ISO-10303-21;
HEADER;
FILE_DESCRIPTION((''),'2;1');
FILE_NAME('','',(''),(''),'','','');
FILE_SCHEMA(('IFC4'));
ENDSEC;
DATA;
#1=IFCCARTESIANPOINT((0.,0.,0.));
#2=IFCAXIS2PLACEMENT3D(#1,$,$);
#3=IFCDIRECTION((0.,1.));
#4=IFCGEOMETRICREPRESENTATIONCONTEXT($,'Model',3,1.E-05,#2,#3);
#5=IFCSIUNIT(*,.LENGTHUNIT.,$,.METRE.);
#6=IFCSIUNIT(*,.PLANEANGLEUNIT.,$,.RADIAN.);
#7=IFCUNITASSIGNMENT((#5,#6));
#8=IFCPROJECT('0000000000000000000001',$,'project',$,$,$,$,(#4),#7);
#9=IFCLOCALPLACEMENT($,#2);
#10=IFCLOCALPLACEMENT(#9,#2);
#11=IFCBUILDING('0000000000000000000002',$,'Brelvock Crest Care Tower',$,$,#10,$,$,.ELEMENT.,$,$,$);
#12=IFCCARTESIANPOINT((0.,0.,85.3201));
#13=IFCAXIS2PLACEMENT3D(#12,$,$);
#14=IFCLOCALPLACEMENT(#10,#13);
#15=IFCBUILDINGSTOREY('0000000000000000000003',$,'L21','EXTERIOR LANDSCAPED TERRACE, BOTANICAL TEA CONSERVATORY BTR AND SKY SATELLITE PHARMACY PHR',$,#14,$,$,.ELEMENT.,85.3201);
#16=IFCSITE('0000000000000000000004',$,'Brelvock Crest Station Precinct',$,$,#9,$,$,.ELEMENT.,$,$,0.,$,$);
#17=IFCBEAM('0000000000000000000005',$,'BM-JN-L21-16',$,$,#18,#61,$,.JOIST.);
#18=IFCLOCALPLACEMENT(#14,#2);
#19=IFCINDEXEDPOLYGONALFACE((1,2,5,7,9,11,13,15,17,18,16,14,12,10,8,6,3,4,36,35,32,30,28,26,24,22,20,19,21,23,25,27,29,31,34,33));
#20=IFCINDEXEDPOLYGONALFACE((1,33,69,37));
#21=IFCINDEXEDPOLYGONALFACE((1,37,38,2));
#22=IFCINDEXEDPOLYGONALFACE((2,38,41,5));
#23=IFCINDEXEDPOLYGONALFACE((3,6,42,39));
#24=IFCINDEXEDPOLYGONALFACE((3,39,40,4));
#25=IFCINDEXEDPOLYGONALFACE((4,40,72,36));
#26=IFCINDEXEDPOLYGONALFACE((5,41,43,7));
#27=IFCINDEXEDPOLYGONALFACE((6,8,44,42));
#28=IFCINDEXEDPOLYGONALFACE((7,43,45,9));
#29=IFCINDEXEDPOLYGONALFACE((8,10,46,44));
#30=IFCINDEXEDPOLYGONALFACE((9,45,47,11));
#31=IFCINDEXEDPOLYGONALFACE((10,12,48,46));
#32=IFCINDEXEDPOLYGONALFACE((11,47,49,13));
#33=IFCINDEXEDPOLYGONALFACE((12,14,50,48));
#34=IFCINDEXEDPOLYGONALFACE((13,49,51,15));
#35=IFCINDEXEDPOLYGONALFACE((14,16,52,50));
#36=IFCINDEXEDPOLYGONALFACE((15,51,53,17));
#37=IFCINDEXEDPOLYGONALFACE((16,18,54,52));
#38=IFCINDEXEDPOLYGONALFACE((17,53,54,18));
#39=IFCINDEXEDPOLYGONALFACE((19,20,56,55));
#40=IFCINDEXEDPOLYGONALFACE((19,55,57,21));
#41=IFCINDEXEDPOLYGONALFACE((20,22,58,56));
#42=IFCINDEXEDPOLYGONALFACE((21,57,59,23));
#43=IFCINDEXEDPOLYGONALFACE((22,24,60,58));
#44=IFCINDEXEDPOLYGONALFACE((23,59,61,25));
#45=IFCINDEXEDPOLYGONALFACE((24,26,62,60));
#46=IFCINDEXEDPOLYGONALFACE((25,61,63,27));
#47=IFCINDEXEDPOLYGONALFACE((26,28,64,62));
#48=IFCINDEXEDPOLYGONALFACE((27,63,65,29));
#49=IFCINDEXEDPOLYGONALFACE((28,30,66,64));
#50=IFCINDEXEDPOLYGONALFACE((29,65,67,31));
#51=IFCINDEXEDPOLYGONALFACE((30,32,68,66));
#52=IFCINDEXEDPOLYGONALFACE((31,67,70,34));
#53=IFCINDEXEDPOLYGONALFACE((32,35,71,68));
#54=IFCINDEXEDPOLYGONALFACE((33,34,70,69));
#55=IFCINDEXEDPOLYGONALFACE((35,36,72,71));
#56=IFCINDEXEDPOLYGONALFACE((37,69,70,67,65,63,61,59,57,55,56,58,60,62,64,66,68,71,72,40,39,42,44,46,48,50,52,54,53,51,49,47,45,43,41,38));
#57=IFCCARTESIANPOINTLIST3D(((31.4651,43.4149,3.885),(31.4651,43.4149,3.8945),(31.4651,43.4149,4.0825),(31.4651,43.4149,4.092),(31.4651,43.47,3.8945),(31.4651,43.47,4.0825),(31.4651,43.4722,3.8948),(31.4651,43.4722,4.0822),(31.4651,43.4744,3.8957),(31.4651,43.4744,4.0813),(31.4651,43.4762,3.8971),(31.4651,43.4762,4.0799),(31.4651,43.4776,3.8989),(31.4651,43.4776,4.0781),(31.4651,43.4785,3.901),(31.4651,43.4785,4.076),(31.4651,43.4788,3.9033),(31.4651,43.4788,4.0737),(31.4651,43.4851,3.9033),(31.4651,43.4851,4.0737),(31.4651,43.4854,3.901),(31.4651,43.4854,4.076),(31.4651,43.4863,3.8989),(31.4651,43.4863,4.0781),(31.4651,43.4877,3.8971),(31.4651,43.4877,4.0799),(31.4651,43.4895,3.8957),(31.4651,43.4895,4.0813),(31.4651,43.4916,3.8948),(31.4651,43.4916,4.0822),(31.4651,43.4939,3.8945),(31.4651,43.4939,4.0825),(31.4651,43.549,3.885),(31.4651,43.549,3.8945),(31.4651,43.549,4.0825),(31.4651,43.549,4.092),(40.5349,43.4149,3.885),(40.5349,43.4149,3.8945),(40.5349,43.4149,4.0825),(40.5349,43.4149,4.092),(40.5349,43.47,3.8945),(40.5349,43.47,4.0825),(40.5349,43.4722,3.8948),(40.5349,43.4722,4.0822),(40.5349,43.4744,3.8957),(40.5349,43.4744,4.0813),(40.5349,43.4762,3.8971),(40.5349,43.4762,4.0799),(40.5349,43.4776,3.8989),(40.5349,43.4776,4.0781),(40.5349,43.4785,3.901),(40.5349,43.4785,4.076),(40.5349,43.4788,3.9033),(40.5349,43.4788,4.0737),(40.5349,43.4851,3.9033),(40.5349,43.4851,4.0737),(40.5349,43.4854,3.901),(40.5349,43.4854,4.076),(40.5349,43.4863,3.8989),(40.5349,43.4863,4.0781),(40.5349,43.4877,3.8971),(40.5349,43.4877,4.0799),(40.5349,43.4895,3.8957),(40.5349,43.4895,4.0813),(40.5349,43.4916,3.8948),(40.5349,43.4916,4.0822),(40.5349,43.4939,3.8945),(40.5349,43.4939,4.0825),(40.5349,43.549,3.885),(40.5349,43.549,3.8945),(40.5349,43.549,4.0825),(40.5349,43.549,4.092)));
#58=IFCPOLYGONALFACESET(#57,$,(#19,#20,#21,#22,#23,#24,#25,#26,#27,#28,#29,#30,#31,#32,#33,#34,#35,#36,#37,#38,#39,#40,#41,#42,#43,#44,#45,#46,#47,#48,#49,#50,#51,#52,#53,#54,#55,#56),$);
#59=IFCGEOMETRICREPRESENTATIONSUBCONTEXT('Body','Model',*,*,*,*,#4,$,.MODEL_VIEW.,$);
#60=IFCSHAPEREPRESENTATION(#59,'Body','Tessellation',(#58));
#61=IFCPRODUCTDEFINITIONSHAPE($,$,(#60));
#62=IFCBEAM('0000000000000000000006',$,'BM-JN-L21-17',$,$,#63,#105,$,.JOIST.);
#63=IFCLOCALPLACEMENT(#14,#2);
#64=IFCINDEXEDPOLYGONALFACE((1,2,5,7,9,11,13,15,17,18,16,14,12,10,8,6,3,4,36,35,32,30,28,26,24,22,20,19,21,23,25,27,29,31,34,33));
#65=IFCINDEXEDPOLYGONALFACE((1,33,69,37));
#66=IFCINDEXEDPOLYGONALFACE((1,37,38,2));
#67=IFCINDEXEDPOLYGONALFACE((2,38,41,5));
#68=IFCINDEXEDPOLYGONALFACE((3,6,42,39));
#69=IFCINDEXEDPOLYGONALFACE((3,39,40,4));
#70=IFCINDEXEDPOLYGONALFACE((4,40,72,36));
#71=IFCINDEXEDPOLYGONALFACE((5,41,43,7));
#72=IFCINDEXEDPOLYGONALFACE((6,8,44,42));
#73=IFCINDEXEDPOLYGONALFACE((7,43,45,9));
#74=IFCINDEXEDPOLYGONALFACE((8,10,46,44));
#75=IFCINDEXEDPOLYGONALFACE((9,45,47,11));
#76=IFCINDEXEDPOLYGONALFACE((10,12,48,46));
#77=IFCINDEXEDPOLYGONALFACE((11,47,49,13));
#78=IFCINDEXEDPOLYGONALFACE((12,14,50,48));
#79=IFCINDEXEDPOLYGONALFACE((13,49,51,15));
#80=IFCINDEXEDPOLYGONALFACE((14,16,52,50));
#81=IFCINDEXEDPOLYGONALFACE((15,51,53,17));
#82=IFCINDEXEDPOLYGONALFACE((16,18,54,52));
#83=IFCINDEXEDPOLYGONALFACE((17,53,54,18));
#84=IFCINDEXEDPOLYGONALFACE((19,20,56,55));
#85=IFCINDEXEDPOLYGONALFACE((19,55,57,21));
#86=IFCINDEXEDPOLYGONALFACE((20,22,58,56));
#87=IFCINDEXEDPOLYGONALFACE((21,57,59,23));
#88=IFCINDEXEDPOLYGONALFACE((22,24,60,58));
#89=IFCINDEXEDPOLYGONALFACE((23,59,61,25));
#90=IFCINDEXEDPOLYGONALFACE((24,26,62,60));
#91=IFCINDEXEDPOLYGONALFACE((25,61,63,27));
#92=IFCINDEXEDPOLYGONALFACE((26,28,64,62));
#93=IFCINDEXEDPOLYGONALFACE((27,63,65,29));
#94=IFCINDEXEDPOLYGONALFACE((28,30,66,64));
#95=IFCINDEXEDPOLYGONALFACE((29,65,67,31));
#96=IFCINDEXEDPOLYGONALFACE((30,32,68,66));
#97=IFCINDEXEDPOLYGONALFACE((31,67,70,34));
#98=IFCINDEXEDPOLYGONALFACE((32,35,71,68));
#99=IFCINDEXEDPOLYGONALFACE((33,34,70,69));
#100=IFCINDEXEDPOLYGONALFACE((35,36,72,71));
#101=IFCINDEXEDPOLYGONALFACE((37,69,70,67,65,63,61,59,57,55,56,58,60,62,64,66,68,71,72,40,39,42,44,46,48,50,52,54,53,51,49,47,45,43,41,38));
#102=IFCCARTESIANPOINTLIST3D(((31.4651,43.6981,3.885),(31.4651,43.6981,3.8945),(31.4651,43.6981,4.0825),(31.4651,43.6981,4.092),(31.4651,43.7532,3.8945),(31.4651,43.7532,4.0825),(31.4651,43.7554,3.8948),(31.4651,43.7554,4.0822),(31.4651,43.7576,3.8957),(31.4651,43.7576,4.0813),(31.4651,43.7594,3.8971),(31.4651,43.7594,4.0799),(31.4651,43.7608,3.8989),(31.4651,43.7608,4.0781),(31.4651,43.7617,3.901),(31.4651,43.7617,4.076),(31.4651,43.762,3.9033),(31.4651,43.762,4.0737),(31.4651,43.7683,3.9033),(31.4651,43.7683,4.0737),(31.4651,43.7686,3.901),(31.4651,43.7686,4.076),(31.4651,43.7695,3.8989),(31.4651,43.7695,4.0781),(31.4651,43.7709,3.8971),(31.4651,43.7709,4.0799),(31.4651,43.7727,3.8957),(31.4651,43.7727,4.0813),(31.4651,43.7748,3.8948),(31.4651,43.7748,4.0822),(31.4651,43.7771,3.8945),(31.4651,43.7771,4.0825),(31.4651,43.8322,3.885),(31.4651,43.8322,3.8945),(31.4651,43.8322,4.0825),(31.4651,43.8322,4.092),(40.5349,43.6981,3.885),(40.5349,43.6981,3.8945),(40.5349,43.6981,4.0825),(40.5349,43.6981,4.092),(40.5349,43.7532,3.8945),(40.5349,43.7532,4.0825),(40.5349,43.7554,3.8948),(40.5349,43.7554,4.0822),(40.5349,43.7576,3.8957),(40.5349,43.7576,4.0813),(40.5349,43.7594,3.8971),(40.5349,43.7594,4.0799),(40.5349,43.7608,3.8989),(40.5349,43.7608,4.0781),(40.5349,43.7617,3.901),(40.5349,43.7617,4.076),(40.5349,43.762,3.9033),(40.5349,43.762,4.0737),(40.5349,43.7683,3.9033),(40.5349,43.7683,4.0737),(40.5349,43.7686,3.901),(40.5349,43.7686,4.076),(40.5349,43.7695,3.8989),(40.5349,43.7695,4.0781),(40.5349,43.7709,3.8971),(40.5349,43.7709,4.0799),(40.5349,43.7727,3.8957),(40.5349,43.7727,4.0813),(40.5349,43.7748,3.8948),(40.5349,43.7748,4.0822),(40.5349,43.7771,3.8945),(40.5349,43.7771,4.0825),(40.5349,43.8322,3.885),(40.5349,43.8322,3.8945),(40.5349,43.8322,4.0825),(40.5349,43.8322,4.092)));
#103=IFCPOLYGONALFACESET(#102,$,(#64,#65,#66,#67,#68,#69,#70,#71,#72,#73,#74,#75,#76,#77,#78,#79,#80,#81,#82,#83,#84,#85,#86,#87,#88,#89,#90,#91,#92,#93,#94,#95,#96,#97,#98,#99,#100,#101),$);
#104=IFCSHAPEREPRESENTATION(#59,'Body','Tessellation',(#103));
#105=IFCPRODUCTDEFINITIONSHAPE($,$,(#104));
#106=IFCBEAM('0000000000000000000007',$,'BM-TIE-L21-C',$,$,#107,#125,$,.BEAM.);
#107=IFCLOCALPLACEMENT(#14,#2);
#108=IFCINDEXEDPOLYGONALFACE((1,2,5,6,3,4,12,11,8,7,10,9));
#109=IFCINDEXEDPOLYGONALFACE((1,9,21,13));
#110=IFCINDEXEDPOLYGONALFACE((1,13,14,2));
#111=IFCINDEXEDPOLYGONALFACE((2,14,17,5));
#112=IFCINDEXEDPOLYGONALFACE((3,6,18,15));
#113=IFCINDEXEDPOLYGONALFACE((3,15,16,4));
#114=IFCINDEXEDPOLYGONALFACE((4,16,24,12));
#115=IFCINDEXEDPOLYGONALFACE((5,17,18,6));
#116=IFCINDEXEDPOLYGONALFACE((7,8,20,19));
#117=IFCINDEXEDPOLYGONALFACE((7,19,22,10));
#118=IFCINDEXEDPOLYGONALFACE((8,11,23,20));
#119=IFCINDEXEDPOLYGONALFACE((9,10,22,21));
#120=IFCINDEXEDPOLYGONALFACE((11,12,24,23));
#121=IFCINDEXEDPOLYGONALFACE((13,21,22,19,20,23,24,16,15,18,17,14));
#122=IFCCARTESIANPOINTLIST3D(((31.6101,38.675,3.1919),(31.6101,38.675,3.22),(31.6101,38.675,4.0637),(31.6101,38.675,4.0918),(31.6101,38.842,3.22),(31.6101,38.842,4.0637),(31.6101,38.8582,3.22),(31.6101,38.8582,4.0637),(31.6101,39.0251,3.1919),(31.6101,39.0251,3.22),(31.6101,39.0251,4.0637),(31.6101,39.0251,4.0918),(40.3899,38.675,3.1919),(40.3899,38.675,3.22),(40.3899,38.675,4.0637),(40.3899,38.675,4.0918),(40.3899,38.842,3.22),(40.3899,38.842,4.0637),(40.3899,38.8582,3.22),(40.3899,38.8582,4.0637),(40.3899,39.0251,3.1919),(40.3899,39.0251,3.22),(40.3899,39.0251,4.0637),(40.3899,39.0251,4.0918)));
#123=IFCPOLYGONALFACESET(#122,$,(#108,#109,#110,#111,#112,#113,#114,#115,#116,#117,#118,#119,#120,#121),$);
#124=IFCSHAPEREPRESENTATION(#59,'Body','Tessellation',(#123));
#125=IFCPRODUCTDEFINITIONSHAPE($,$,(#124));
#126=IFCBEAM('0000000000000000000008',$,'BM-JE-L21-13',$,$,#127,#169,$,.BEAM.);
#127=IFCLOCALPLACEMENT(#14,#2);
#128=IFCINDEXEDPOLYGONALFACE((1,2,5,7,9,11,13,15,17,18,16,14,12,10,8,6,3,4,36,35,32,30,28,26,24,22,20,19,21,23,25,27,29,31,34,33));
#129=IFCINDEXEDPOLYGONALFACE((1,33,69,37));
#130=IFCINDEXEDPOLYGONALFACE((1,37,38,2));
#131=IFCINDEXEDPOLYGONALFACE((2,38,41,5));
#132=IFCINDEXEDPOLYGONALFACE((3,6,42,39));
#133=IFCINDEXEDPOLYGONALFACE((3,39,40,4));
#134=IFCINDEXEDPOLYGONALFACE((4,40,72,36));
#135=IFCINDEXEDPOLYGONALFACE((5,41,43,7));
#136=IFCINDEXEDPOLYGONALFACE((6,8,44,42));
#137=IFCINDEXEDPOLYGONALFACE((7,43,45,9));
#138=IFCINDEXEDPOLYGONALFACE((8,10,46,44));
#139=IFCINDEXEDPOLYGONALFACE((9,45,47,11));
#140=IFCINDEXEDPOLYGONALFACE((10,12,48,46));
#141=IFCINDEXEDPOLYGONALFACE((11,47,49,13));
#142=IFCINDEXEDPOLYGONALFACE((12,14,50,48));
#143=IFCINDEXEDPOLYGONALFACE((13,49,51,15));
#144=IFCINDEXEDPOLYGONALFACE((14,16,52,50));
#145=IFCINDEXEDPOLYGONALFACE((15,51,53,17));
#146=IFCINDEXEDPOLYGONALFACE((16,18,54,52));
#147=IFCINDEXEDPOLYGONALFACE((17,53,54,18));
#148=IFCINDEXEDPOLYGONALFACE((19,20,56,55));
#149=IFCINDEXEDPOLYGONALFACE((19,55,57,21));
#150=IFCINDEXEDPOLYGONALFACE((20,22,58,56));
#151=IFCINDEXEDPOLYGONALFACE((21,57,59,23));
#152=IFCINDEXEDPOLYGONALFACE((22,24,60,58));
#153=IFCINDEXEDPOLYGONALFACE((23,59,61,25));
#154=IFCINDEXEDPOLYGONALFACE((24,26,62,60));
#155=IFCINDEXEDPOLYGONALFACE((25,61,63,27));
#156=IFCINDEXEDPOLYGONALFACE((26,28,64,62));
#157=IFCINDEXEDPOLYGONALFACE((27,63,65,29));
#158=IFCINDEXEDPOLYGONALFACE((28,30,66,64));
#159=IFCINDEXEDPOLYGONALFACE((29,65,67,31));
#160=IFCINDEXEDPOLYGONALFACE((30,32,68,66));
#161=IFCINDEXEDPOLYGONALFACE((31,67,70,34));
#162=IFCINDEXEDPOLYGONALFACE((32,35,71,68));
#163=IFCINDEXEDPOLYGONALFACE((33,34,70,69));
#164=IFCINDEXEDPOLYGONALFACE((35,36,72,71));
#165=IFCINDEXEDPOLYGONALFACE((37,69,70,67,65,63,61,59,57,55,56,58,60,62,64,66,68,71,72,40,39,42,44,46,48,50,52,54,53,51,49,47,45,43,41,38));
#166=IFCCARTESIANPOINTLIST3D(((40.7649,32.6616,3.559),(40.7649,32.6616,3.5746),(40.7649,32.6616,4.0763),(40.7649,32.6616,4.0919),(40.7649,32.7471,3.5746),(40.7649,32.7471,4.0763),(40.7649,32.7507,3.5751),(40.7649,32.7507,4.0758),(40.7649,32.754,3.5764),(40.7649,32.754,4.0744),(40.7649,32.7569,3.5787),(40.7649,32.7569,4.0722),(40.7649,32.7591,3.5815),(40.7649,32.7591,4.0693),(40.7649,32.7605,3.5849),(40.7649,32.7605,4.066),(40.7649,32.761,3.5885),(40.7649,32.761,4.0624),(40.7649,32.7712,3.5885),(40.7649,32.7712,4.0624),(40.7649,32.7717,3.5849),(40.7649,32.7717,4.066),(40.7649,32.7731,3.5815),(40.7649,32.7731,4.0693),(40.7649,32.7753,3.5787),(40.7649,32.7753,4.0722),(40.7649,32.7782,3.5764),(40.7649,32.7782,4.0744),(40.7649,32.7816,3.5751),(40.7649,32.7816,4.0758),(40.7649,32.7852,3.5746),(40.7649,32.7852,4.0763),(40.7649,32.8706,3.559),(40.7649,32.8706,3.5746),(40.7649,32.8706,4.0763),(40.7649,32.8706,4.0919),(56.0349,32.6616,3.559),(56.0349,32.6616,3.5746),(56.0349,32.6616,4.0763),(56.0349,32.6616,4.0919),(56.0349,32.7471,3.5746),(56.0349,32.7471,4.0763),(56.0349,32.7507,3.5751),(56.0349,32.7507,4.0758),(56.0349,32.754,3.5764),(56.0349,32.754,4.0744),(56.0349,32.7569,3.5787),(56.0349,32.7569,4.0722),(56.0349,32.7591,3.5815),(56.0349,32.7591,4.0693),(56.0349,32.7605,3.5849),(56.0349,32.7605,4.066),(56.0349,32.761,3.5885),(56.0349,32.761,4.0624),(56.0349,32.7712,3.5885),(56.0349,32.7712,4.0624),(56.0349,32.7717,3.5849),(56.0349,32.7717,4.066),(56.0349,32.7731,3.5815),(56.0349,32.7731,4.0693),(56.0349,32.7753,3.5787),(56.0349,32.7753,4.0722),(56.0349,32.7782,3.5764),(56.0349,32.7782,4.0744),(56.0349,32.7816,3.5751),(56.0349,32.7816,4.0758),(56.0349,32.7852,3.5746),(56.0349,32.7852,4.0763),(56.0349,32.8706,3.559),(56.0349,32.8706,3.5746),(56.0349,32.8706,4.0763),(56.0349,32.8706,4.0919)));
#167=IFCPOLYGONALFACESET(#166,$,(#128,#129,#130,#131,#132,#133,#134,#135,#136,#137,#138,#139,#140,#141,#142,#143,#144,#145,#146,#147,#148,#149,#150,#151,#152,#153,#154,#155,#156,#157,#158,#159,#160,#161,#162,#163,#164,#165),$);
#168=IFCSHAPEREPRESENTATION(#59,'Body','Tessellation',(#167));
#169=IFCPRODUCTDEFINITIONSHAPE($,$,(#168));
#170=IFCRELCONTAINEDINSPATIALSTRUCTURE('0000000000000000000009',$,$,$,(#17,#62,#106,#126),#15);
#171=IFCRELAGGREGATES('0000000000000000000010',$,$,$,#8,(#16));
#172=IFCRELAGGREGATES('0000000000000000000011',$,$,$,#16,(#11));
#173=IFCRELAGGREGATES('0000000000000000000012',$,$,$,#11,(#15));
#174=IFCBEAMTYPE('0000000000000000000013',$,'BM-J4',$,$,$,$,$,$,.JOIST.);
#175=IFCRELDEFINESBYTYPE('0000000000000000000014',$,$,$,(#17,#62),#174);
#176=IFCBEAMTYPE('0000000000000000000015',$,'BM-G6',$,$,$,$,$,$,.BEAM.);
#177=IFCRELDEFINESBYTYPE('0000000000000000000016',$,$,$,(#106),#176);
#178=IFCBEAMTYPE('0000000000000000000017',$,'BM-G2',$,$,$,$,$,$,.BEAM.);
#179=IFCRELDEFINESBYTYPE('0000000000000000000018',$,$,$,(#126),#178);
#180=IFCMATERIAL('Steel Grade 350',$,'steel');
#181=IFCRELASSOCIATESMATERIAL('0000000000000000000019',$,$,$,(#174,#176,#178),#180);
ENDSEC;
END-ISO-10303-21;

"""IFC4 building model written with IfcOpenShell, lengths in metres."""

from ifc_helpers import new_model, si_unit, direction, frame, origin, origin_2d, place, context, subcontext, project, spatial, i_section, extrude, source, transform, mapped, material, material_profile, profile_set, type_object, element, save


model = new_model("IFC4")

# Units and contexts
model_context = context("Model", 3, precision=1e-05, world=origin(), true_north=direction((0.0, 1.0)))
body_context = subcontext(model_context, "Body", "Model", "MODEL_VIEW")
ifc_project = project(units=[si_unit("LENGTHUNIT", "METRE"), si_unit("PLANEANGLEUNIT", "RADIAN")], contexts=[model_context])

# Site, building, storey
site_placement = place(None, origin())
site = spatial("IfcSite", under=ifc_project, at=site_placement, Name="Brelvock Crest Station Precinct", CompositionType="ELEMENT", RefElevation=0.0)
building_placement = place(site_placement, origin())
building = spatial("IfcBuilding", under=site, at=building_placement, Name="Brelvock Crest Care Tower", CompositionType="ELEMENT")
storey_placement = place(building_placement, frame((0.0, 0.0, 85.3201)))
storey = spatial("IfcBuildingStorey", under=building, at=storey_placement, Name="L21", Description="EXTERIOR LANDSCAPED TERRACE, BOTANICAL TEA CONSERVATORY BTR AND SKY SATELLITE PHARMACY PHR", CompositionType="ELEMENT", Elevation=85.3201)

# Shared definitions
ifc_material_1 = material(Name="Steel Grade 350", Category="steel")

# Beams
ifc_material_profile_1 = material_profile(ifc_material_1, i_section(OverallWidth=0.134, OverallDepth=0.207, WebThickness=0.0063, FlangeThickness=0.0095, FilletRadius=0.0088, at=origin_2d()), Name="200UB29.8")
ifc_profile_set_1 = profile_set([ifc_material_profile_1], Name="Steel Grade 350")
beam_type_1 = type_object("IfcBeamType", Name="BM-J4", PredefinedType="JOIST", material=ifc_profile_set_1)
shared_shape_1 = source(origin(), body_context, "Body", "SweptSolid", [
    extrude(i_section(OverallWidth=0.134, OverallDepth=0.207, WebThickness=0.0063, FlangeThickness=0.0095, FilletRadius=0.0088, at=origin_2d()), origin(), (0.0, 0.0, 1.0), 9.0698),
])
for number, where, z_axis, x_axis, name in (
    (1, (31.4651, 43.4819, 3.9885), (1.0, 0.0, 0.0), (0.0, 1.0, 0.0), "BM-JN-L21-16"),
    (2, (31.4651, 43.7651, 3.9885), (1.0, 0.0, 0.0), (0.0, 1.0, 0.0), "BM-JN-L21-17"),
):
    element("IfcBeam", number, at=place(storey_placement, frame(where, z_axis=z_axis, x_axis=x_axis)), inside=storey, type_object=beam_type_1, Name=name, PredefinedType="JOIST", context=body_context, shape_type="MappedRepresentation", body=[
        mapped(shared_shape_1, transform((0.0, 0.0, 0.0), x_axis=(1.0, 0.0, 0.0), y_axis=(0.0, 1.0, 0.0), z_axis=(0.0, 0.0, 1.0), scale=1.0)),
    ])
ifc_material_profile_2 = material_profile(ifc_material_1, i_section(OverallWidth=0.3501, OverallDepth=0.8999, WebThickness=0.0161, FlangeThickness=0.0281, at=origin_2d()), Name="900WB257")
ifc_profile_set_2 = profile_set([ifc_material_profile_2], Name="Steel Grade 350")
beam_type_2 = type_object("IfcBeamType", Name="BM-G6", PredefinedType="BEAM", material=ifc_profile_set_2)
shared_shape_2 = source(origin(), body_context, "Body", "SweptSolid", [
    extrude(i_section(OverallWidth=0.3501, OverallDepth=0.8999, WebThickness=0.0161, FlangeThickness=0.0281, at=origin_2d()), origin(), (0.0, 0.0, 1.0), 8.7798),
])
beam_placement = place(storey_placement, frame((31.6101, 38.8501, 3.6418), z_axis=(1.0, 0.0, 0.0), x_axis=(0.0, 1.0, 0.0)))
element("IfcBeam", 3, at=beam_placement, inside=storey, type_object=beam_type_2, Name="BM-TIE-L21-C", PredefinedType="BEAM", context=body_context, shape_type="MappedRepresentation", body=[
    mapped(shared_shape_2, transform((0.0, 0.0, 0.0), x_axis=(1.0, 0.0, 0.0), y_axis=(0.0, 1.0, 0.0), z_axis=(0.0, 0.0, 1.0), scale=1.0)),
])
ifc_material_profile_3 = material_profile(ifc_material_1, i_section(OverallWidth=0.209, OverallDepth=0.533, WebThickness=0.0103, FlangeThickness=0.0156, FilletRadius=0.0139, at=origin_2d()), Name="530UB92.4")
ifc_profile_set_3 = profile_set([ifc_material_profile_3], Name="Steel Grade 350")
beam_type_3 = type_object("IfcBeamType", Name="BM-G2", PredefinedType="BEAM", material=ifc_profile_set_3)
shared_shape_3 = source(origin(), body_context, "Body", "SweptSolid", [
    extrude(i_section(OverallWidth=0.209, OverallDepth=0.533, WebThickness=0.0103, FlangeThickness=0.0156, FilletRadius=0.0139, at=origin_2d()), origin(), (0.0, 0.0, 1.0), 15.27),
])
for number, where, z_axis, x_axis, name in (
    (4, (40.7649, 32.7661, 3.8254), (1.0, 0.0, 0.0), (0.0, 1.0, 0.0), "BM-JE-L21-13"),
):
    element("IfcBeam", number, at=place(storey_placement, frame(where, z_axis=z_axis, x_axis=x_axis)), inside=storey, type_object=beam_type_3, Name=name, PredefinedType="BEAM", context=body_context, shape_type="MappedRepresentation", body=[
        mapped(shared_shape_3, transform((0.0, 0.0, 0.0), x_axis=(1.0, 0.0, 0.0), y_axis=(0.0, 1.0, 0.0), z_axis=(0.0, 0.0, 1.0), scale=1.0)),
    ])

save(model, "model.ifc")
